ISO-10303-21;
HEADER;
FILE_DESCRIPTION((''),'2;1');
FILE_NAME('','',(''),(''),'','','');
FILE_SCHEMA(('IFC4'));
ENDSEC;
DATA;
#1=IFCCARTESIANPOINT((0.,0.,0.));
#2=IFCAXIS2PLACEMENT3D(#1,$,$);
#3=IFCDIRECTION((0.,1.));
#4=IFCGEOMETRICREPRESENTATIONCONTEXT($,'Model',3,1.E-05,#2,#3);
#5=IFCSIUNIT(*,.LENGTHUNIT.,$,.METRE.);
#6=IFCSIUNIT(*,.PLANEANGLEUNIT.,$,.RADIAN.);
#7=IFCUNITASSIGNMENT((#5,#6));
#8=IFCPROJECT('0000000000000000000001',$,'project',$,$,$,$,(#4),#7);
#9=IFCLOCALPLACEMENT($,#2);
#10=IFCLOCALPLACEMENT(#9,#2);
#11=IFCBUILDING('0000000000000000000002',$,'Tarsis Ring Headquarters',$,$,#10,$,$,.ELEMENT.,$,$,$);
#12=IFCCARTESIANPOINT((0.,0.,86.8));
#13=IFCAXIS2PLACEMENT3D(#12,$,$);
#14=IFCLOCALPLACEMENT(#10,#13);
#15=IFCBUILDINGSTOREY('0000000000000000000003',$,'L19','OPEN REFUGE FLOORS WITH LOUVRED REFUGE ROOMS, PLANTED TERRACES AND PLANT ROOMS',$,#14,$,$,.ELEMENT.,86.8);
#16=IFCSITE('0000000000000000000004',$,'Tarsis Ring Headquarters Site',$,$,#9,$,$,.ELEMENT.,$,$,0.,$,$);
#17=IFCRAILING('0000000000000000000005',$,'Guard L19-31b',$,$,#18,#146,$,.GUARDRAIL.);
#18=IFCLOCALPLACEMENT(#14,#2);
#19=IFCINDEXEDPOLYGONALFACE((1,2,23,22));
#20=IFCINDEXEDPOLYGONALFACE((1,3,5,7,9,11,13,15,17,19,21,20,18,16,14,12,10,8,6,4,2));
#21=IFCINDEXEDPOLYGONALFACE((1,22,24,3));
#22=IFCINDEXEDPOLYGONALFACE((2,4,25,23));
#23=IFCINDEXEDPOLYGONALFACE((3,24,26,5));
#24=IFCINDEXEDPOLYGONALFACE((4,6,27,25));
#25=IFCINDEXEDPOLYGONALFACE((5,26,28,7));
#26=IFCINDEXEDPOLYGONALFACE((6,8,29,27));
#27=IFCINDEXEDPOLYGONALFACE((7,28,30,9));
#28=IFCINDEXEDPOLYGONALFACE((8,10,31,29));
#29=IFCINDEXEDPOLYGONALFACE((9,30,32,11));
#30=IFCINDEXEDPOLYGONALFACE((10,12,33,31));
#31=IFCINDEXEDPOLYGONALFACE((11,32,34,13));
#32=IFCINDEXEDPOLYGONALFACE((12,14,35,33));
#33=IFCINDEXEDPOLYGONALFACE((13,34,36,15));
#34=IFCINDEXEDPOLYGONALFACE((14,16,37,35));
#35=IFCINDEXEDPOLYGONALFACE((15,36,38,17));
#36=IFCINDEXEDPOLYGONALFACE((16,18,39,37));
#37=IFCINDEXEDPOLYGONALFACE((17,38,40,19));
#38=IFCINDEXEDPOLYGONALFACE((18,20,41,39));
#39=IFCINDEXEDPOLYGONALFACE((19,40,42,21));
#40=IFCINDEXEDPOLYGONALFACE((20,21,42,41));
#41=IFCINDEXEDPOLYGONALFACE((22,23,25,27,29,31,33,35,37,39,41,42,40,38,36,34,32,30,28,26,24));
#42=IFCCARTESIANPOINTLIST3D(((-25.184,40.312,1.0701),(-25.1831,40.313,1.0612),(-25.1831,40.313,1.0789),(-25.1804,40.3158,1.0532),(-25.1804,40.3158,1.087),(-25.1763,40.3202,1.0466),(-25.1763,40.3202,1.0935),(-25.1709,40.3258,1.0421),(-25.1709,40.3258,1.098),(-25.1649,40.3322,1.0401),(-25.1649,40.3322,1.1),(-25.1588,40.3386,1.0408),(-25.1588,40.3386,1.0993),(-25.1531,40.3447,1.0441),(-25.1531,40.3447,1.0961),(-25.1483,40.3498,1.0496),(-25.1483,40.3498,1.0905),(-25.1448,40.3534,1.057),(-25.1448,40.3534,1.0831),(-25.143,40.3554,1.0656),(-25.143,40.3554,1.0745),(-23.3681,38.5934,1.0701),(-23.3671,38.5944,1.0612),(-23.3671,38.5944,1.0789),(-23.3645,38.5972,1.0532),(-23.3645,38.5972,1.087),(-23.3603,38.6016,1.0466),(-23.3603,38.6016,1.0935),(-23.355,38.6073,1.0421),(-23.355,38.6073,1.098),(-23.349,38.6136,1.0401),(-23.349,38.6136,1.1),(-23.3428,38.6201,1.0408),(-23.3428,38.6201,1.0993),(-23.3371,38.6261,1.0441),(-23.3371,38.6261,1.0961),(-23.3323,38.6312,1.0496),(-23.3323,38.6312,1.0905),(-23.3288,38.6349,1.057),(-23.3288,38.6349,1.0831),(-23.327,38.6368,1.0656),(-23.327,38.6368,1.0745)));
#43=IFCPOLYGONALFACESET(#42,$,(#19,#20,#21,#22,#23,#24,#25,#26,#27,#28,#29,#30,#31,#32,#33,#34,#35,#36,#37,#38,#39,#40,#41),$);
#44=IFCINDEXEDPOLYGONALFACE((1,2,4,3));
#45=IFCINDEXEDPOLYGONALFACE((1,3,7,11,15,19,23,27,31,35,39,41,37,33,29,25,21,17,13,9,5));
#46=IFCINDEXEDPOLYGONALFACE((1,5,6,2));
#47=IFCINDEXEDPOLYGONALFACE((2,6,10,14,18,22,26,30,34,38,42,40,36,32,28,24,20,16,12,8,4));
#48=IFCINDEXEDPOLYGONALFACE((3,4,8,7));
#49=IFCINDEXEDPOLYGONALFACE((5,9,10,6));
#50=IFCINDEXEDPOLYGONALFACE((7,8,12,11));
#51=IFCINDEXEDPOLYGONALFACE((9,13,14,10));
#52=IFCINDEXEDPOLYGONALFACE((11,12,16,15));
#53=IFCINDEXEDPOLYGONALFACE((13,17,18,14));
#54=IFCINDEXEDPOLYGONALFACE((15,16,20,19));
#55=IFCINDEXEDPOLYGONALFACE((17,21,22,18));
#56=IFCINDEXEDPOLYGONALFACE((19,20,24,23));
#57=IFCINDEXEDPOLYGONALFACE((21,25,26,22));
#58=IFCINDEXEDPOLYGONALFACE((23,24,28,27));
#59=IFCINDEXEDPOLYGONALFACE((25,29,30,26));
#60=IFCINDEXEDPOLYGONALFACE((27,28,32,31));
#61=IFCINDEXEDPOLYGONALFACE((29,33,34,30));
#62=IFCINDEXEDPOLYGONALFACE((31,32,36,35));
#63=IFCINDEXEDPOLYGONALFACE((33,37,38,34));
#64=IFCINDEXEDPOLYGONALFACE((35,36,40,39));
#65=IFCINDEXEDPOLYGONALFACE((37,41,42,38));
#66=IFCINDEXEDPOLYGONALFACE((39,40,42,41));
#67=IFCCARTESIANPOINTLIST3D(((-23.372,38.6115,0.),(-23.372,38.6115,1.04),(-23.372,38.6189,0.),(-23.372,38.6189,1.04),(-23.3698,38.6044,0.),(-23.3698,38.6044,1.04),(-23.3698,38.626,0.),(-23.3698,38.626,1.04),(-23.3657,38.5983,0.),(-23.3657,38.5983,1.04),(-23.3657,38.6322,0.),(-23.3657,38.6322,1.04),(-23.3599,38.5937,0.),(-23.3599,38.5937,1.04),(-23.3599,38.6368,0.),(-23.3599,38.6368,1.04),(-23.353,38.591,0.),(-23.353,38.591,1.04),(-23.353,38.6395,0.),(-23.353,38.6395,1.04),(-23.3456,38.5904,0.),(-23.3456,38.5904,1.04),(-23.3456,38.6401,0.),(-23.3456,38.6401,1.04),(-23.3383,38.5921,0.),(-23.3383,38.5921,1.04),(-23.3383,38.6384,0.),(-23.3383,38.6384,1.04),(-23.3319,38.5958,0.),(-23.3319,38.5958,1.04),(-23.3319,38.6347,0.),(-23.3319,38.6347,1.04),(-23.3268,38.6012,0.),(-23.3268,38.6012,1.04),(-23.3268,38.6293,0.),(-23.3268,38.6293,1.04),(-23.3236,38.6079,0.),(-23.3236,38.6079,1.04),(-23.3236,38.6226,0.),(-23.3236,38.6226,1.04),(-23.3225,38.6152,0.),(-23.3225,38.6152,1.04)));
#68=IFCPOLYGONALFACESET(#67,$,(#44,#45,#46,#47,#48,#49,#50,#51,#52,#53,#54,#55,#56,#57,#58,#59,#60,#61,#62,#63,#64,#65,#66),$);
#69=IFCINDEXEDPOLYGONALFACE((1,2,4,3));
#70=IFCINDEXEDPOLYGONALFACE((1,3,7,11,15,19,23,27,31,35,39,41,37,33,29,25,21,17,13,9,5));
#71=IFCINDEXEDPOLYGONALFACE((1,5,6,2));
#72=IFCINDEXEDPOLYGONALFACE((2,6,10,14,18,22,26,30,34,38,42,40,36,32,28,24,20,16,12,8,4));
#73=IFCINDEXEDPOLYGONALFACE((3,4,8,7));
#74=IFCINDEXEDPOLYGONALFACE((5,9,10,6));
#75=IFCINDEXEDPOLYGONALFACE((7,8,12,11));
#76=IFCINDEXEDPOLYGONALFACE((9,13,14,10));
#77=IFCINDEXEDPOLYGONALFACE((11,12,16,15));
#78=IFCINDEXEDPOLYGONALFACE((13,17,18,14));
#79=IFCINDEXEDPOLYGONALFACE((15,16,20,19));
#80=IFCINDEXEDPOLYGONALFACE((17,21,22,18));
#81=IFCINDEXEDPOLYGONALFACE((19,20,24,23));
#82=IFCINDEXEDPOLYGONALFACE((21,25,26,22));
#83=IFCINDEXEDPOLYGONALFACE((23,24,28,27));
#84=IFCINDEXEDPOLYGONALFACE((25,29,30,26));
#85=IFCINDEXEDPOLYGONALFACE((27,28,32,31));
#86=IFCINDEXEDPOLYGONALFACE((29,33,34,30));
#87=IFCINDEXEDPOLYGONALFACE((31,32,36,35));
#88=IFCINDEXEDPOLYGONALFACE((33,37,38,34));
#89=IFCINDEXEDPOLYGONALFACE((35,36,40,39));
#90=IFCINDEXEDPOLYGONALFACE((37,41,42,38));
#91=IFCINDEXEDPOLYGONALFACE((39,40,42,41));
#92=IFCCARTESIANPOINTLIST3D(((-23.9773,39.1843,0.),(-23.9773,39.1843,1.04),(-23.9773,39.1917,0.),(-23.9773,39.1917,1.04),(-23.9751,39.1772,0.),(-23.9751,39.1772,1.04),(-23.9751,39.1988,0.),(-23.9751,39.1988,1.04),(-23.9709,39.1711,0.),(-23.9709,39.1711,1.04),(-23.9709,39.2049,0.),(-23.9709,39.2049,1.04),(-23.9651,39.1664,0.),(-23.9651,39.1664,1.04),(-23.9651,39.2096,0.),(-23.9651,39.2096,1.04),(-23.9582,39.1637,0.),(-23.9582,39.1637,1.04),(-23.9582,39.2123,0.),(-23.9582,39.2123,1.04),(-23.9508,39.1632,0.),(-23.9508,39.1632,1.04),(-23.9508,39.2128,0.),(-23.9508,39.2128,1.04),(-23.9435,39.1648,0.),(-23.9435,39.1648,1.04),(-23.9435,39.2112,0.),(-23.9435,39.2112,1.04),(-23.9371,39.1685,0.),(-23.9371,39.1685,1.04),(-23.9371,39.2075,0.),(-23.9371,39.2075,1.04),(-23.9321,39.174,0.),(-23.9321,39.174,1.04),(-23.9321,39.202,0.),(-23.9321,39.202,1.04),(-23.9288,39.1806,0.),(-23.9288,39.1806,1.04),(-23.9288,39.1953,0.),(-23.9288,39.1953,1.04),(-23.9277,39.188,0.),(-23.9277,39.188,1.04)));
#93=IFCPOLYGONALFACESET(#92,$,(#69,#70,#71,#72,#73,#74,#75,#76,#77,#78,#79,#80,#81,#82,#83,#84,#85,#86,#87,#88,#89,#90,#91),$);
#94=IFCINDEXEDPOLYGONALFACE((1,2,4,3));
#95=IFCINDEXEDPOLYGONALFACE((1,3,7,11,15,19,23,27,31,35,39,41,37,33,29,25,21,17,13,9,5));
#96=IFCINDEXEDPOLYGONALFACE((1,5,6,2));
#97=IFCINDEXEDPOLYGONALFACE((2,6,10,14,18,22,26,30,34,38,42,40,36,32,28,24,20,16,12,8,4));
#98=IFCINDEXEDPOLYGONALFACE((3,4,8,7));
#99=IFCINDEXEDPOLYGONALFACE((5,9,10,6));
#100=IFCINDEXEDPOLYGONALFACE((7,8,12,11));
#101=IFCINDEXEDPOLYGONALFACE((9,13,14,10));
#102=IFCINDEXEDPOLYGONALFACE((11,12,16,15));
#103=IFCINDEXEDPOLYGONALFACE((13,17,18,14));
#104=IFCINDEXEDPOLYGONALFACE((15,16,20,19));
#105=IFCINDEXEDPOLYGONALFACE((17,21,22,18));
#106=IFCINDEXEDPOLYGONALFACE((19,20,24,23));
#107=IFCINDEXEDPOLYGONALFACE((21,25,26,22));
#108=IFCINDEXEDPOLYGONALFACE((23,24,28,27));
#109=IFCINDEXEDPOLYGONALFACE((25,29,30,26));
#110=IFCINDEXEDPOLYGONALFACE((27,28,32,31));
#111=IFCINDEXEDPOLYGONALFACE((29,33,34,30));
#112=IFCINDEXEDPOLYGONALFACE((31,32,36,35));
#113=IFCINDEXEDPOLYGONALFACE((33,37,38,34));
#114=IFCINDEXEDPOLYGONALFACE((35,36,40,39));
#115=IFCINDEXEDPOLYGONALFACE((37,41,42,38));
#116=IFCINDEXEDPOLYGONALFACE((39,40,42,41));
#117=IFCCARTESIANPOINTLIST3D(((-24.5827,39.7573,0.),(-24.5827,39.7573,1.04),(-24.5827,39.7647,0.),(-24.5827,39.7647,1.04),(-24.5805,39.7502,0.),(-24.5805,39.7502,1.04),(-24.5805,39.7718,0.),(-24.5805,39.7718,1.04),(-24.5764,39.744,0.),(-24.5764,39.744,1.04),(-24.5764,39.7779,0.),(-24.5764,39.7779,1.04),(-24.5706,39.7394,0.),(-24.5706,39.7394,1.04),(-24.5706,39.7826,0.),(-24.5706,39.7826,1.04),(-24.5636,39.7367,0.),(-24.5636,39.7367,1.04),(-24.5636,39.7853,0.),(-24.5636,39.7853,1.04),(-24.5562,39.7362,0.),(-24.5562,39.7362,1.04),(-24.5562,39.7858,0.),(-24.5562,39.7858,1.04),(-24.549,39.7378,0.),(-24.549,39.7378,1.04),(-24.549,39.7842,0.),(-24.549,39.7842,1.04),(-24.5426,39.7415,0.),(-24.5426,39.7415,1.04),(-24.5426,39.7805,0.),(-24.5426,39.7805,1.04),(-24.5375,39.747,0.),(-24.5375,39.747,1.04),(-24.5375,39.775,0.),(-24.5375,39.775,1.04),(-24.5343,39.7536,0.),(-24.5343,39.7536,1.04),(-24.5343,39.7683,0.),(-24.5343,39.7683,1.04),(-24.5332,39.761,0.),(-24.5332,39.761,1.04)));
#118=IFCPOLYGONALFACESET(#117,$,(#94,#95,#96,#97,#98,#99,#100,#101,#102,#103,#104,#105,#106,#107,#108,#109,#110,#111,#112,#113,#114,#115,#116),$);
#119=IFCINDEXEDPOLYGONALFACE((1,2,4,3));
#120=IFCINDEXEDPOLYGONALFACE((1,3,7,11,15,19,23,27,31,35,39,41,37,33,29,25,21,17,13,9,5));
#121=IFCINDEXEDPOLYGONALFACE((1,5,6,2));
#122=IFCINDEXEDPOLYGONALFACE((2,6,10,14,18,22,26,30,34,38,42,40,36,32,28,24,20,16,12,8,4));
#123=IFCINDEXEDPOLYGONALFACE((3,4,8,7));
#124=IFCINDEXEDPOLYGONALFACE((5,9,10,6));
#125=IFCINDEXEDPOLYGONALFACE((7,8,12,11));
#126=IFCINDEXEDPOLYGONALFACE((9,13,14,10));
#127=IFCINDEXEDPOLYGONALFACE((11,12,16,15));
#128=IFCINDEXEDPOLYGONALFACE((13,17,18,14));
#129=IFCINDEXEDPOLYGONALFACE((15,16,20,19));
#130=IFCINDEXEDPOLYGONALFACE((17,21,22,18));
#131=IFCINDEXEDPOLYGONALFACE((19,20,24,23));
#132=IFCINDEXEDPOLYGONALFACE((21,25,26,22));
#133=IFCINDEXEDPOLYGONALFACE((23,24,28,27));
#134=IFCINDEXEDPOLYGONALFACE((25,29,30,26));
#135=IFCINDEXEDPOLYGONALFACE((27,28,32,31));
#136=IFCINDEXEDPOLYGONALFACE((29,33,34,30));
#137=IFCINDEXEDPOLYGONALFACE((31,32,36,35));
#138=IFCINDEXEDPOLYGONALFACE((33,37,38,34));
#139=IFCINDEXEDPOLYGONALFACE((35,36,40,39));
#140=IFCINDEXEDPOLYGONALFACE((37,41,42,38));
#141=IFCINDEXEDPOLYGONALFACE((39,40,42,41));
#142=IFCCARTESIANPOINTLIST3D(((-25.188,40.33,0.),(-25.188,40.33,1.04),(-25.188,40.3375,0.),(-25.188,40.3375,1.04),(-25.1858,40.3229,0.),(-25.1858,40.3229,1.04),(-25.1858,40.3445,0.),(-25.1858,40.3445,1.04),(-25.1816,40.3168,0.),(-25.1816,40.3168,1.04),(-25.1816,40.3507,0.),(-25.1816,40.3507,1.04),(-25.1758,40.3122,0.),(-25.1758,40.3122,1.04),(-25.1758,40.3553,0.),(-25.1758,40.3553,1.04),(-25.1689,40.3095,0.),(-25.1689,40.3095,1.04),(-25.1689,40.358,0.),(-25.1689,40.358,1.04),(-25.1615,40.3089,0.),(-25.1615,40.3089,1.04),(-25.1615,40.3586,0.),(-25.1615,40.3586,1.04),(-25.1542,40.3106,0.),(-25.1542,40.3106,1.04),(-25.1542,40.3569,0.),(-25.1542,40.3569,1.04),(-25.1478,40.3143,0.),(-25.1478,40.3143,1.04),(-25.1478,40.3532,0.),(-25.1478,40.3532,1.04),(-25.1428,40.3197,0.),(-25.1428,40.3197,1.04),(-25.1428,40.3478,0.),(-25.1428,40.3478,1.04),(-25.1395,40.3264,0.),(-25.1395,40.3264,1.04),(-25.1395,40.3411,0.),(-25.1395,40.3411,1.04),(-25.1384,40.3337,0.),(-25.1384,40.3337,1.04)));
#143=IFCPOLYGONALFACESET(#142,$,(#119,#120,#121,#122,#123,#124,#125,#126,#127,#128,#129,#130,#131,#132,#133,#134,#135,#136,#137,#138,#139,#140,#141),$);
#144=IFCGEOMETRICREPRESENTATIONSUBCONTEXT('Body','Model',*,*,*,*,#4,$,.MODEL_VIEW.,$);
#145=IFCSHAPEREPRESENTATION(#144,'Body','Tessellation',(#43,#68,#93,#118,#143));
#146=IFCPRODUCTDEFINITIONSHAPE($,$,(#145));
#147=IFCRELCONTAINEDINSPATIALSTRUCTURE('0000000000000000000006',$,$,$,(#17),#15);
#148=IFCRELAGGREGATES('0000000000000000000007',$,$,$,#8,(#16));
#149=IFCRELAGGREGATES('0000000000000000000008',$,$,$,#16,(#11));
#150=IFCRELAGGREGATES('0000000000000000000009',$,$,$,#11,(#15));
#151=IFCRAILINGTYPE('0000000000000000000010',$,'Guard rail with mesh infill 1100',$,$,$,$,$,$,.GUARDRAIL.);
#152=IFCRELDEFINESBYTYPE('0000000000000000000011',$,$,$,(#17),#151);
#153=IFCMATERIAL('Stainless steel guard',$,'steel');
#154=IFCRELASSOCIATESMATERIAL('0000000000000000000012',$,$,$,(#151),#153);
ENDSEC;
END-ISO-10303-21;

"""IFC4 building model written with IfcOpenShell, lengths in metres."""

from ifc_helpers import new_model, si_unit, direction, frame, origin, origin_2d, place, context, subcontext, project, spatial, circle, extrude, material, type_object, element, save


model = new_model("IFC4")

# Units and contexts
model_context = context("Model", 3, precision=1e-05, world=origin(), true_north=direction((0.0, 1.0)))
body_context = subcontext(model_context, "Body", "Model", "MODEL_VIEW")
ifc_project = project(units=[si_unit("LENGTHUNIT", "METRE"), si_unit("PLANEANGLEUNIT", "RADIAN")], contexts=[model_context])

# Site, building, storey
site_placement = place(None, origin())
site = spatial("IfcSite", under=ifc_project, at=site_placement, Name="Tarsis Ring Headquarters Site", CompositionType="ELEMENT", RefElevation=0.0)
building_placement = place(site_placement, origin())
building = spatial("IfcBuilding", under=site, at=building_placement, Name="Tarsis Ring Headquarters", CompositionType="ELEMENT")
storey_placement = place(building_placement, frame((0.0, 0.0, 86.8)))
storey = spatial("IfcBuildingStorey", under=building, at=storey_placement, Name="L19", Description="OPEN REFUGE FLOORS WITH LOUVRED REFUGE ROOMS, PLANTED TERRACES AND PLANT ROOMS", CompositionType="ELEMENT", Elevation=86.8)

# Railing
ifc_material_1 = material(Name="Stainless steel guard", Category="steel")
railing_type = type_object("IfcRailingType", Name="Guard rail with mesh infill 1100", PredefinedType="GUARDRAIL", material=ifc_material_1)
railing_1_placement = place(storey_placement, frame((-23.3474, 38.6152, 0.0)))
element("IfcRailing", 1, at=railing_1_placement, inside=storey, type_object=railing_type, Name="Guard L19-31b", PredefinedType="GUARDRAIL", context=body_context, shape_type="SweptSolid", body=[
    extrude(circle(Radius=0.03, at=origin_2d()), frame((0.0, 0.0, 1.0701), z_axis=(-0.72632, 0.687357, 0.0), x_axis=(-0.687357, -0.72632, 0.0)), (0.0, 0.0, 1.0), 2.5002),
    extrude(circle(Radius=0.0249, at=origin_2d()), origin(), (0.0, 0.0, 1.0), 1.04),
    extrude(circle(Radius=0.0249, at=origin_2d()), frame((-0.6052, 0.5728, 0.0)), (0.0, 0.0, 1.0), 1.04),
    extrude(circle(Radius=0.0249, at=origin_2d()), frame((-1.2107, 1.1458, 0.0)), (0.0, 0.0, 1.0), 1.04),
    extrude(circle(Radius=0.0249, at=origin_2d()), frame((-1.8159, 1.7185, 0.0)), (0.0, 0.0, 1.0), 1.04),
])

save(model, "model.ifc")
